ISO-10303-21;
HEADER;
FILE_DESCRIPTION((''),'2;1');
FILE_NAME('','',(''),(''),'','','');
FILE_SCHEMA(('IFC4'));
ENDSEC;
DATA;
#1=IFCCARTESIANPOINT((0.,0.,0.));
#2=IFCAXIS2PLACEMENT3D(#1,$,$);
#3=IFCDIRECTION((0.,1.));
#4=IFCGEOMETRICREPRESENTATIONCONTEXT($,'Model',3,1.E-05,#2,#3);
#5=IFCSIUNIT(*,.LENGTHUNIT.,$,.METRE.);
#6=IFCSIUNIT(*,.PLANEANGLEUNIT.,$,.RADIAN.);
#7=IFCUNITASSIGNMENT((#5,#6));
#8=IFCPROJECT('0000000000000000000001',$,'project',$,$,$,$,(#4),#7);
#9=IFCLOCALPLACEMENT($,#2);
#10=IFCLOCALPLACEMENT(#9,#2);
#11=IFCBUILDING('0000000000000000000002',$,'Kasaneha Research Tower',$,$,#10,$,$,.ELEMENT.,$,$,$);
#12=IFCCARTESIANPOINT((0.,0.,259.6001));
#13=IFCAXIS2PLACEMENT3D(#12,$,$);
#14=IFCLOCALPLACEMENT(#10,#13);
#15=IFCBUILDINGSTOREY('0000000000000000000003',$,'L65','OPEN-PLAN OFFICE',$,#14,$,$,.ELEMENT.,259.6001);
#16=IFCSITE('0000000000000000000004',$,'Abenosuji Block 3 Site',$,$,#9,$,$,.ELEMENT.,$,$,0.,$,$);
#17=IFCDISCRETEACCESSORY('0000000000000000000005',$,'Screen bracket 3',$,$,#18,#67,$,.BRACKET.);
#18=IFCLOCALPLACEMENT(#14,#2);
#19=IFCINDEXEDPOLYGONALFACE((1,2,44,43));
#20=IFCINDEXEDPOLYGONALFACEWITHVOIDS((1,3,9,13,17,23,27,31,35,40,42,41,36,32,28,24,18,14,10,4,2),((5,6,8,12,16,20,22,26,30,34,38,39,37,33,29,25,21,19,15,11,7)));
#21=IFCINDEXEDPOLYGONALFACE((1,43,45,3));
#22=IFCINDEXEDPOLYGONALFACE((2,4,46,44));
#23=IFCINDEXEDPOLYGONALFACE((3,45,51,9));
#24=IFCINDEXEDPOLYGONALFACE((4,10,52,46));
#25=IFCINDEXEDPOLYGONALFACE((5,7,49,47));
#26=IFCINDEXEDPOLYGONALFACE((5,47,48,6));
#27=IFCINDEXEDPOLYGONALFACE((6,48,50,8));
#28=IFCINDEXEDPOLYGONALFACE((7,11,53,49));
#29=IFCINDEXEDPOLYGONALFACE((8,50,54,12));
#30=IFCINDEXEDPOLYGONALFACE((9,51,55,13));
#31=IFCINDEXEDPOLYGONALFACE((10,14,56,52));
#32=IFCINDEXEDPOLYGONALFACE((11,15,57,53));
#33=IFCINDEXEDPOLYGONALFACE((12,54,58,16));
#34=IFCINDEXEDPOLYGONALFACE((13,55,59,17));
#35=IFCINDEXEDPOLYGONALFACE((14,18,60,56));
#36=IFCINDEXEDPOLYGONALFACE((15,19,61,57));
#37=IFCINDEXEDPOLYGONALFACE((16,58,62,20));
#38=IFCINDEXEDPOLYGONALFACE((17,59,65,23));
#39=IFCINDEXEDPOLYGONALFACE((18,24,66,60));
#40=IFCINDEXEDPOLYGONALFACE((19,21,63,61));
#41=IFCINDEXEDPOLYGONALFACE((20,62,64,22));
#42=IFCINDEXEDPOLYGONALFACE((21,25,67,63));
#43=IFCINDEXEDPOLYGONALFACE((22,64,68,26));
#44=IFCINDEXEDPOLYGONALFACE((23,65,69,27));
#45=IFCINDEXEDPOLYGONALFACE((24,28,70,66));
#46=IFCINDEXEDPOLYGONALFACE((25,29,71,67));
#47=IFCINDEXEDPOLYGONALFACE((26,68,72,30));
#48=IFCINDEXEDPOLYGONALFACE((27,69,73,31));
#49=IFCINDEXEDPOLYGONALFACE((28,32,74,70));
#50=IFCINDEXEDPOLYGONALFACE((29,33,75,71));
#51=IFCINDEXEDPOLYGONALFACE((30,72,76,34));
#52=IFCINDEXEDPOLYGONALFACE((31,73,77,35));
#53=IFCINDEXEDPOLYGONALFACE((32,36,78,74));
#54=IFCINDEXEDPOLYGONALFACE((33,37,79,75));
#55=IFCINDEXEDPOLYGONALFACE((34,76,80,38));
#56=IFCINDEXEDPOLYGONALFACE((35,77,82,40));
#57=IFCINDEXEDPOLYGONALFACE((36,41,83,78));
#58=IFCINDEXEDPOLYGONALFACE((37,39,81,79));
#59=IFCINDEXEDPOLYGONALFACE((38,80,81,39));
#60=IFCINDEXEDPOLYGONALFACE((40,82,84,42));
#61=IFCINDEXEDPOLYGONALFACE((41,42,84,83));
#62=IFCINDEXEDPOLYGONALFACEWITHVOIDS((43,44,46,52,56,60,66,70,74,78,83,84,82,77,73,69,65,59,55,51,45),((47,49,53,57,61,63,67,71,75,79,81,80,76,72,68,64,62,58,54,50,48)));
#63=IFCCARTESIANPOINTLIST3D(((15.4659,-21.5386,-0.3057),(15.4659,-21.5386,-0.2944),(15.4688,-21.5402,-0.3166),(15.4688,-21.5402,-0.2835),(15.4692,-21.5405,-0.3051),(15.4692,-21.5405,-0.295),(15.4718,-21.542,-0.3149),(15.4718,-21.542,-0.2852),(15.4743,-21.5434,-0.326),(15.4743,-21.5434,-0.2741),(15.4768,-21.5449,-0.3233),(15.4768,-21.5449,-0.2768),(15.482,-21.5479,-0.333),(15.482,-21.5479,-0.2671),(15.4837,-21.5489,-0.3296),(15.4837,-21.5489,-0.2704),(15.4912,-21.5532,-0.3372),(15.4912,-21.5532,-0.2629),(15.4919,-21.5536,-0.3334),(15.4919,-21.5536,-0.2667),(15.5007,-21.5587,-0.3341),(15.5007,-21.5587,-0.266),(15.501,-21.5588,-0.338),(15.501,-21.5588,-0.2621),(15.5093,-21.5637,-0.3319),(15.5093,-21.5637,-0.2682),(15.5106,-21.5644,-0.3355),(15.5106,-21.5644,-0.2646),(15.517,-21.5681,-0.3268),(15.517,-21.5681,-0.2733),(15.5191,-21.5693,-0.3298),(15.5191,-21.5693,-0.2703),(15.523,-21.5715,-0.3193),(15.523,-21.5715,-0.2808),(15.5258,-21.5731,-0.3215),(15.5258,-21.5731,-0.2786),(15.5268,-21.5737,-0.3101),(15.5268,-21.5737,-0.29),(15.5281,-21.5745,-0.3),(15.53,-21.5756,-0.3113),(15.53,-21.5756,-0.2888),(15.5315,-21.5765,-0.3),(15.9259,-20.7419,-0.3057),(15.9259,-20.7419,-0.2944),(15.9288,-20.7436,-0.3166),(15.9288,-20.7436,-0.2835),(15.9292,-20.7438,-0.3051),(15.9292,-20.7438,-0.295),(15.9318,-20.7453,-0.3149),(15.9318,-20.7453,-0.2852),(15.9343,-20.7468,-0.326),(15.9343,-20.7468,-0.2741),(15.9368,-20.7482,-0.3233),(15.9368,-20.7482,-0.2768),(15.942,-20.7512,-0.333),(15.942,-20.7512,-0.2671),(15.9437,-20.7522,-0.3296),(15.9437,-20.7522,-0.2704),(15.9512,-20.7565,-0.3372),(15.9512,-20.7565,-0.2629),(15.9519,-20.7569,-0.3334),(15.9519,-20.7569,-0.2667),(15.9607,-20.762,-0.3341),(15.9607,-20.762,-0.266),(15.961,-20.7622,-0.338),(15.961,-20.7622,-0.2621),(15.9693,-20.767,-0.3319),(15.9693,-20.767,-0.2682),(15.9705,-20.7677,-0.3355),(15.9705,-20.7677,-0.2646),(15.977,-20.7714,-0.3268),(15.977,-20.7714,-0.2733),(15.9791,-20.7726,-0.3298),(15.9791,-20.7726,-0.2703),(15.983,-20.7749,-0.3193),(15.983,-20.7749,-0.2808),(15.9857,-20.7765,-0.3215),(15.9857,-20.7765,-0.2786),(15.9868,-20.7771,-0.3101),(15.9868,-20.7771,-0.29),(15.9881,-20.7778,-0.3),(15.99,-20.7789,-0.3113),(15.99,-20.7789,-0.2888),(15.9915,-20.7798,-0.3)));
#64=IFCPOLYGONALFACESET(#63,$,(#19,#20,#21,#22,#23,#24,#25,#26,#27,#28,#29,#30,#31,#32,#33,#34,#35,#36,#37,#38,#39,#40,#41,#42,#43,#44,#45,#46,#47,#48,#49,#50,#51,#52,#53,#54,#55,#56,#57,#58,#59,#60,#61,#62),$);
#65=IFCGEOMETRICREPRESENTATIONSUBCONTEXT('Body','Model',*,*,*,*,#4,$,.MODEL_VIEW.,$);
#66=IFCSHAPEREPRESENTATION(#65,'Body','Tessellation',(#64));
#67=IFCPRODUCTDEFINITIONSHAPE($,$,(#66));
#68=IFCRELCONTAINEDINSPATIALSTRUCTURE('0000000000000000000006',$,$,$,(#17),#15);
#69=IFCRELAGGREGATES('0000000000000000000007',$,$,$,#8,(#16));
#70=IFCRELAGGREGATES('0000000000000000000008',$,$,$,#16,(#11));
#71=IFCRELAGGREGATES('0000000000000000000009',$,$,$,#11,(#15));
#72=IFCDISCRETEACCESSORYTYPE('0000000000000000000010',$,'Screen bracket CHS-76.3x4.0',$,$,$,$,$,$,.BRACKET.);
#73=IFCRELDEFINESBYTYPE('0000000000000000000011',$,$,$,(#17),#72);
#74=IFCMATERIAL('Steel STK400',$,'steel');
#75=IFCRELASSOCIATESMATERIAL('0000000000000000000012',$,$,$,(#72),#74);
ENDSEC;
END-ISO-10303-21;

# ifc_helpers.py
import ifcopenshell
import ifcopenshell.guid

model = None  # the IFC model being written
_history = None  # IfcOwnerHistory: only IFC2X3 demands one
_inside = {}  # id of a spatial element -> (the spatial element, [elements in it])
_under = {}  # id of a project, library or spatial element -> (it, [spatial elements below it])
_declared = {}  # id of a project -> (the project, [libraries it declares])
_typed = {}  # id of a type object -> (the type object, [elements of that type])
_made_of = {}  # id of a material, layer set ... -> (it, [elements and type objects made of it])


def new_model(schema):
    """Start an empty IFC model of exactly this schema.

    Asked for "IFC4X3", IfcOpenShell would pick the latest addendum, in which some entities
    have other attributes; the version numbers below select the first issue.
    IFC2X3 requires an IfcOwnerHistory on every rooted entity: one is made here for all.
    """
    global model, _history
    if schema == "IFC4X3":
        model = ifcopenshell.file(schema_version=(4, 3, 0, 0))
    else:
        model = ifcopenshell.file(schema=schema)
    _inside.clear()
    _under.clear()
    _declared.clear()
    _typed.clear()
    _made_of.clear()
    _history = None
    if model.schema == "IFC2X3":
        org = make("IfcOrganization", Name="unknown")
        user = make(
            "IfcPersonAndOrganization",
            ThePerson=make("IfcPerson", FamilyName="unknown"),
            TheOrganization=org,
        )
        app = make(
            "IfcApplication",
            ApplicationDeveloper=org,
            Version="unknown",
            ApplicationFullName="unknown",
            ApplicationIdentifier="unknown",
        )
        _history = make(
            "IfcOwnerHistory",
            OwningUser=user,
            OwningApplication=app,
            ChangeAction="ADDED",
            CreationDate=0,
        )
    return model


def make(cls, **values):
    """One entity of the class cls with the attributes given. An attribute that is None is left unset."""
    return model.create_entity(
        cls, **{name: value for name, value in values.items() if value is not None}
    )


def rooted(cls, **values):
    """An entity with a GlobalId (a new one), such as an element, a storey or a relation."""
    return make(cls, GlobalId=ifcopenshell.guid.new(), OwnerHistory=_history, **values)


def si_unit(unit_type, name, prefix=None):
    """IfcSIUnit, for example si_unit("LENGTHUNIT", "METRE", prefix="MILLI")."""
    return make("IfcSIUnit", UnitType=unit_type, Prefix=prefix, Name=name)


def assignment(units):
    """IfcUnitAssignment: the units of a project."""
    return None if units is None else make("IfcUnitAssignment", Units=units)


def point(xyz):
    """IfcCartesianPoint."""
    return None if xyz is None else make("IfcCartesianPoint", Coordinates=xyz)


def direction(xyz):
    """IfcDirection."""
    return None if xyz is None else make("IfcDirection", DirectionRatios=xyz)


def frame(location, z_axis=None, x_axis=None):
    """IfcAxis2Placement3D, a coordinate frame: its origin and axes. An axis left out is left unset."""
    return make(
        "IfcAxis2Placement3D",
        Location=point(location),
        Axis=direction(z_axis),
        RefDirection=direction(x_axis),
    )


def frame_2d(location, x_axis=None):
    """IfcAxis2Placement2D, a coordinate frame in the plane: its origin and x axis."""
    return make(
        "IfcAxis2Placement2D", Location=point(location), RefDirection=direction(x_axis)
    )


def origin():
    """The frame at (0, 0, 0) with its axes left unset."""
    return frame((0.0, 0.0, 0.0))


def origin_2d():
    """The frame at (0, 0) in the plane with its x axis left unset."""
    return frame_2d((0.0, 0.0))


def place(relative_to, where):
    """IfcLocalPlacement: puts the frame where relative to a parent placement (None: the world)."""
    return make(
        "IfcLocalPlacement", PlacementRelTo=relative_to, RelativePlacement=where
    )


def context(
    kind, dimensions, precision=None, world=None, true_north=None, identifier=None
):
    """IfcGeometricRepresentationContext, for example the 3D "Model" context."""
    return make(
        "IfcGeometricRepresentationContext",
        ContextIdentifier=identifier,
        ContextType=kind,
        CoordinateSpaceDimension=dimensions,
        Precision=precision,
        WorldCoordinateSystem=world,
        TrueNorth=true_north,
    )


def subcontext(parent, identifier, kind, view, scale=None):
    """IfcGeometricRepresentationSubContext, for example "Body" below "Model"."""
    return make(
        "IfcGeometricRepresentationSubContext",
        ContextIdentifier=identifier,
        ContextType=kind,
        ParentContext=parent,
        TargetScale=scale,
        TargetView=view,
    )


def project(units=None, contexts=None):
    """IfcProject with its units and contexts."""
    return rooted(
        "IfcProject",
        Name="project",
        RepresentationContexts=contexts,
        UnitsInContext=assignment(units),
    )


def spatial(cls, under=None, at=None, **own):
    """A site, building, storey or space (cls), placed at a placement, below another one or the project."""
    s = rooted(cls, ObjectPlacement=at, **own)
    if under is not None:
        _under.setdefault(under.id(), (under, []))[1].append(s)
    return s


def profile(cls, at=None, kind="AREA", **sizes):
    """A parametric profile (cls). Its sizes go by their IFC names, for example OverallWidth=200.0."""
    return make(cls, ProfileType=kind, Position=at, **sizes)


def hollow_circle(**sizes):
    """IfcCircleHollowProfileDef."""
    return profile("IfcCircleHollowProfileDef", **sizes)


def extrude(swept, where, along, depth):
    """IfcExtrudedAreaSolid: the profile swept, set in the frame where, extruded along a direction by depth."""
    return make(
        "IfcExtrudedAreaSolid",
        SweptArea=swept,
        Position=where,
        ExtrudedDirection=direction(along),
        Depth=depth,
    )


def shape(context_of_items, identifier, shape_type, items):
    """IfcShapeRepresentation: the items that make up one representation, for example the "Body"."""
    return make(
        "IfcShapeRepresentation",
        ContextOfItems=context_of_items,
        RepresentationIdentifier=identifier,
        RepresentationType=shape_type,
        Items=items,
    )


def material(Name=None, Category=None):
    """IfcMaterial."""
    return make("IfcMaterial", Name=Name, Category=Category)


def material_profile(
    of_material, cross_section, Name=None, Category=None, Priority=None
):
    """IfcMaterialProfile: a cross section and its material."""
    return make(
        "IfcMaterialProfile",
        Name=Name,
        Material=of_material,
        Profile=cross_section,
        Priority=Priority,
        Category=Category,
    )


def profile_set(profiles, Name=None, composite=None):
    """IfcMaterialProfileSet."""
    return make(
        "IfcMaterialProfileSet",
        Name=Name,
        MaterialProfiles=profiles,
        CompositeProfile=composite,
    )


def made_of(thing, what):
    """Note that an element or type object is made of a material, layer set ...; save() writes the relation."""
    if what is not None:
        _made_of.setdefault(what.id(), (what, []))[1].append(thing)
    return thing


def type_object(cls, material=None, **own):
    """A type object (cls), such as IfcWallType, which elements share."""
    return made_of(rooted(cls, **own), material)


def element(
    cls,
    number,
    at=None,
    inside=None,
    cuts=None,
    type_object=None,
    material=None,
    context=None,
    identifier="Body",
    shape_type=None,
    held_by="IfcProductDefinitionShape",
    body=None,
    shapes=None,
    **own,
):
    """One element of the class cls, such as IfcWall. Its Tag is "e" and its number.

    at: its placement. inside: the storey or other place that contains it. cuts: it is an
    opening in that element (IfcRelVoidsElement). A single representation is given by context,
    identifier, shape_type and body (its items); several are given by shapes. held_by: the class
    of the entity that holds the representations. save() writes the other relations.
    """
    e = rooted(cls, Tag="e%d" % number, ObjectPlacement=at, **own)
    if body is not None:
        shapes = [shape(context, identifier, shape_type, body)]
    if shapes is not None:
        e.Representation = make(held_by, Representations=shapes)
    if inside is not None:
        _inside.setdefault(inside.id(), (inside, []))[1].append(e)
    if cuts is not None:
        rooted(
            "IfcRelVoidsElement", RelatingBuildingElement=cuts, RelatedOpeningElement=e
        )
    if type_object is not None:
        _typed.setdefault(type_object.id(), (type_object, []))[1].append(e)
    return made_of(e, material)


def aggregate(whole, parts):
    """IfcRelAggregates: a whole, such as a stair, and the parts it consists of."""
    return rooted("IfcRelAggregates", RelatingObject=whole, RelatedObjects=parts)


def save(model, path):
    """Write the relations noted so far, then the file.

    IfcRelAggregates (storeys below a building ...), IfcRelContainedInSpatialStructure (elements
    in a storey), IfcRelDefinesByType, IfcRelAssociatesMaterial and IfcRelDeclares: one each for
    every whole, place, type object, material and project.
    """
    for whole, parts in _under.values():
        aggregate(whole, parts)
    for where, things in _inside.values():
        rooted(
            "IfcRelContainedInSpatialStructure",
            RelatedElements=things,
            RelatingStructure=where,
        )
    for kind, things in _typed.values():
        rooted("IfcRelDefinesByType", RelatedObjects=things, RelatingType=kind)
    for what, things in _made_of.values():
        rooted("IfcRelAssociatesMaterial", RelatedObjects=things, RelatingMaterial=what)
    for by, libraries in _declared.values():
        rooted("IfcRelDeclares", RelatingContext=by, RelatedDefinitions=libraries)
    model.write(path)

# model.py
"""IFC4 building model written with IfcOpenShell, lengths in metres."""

from ifc_helpers import new_model, si_unit, direction, frame, origin, origin_2d, place, context, subcontext, project, spatial, hollow_circle, extrude, material, material_profile, profile_set, type_object, element, save


model = new_model("IFC4")

# Units and contexts
model_context = context("Model", 3, precision=1e-05, world=origin(), true_north=direction((0.0, 1.0)))
body_context = subcontext(model_context, "Body", "Model", "MODEL_VIEW")
ifc_project = project(units=[si_unit("LENGTHUNIT", "METRE"), si_unit("PLANEANGLEUNIT", "RADIAN")], contexts=[model_context])

# Site, building, storey
site_placement = place(None, origin())
site = spatial("IfcSite", under=ifc_project, at=site_placement, Name="Abenosuji Block 3 Site", CompositionType="ELEMENT", RefElevation=0.0)
building_placement = place(site_placement, origin())
building = spatial("IfcBuilding", under=site, at=building_placement, Name="Kasaneha Research Tower", CompositionType="ELEMENT")
storey_placement = place(building_placement, frame((0.0, 0.0, 259.6001)))
storey = spatial("IfcBuildingStorey", under=building, at=storey_placement, Name="L65", Description="OPEN-PLAN OFFICE", CompositionType="ELEMENT", Elevation=259.6001)

# Discrete accessory
ifc_material_1 = material(Name="Steel STK400", Category="steel")
ifc_material_profile_1 = material_profile(ifc_material_1, hollow_circle(Radius=0.0381, WallThickness=0.0039, at=origin_2d()), Name="CHS-76.3x4.0")
ifc_profile_set_1 = profile_set([ifc_material_profile_1], Name="Steel STK400")
discrete_accessory_type = type_object("IfcDiscreteAccessoryType", Name="Screen bracket CHS-76.3x4.0", PredefinedType="BRACKET", material=ifc_profile_set_1)
discrete_accessory_1_placement = place(storey_placement, frame((15.9585, -20.7607, -0.3), z_axis=(-0.500021, -0.866013, 0.0), x_axis=(0.866013, -0.500021, 0.0)))
element("IfcDiscreteAccessory", 1, at=discrete_accessory_1_placement, inside=storey, type_object=discrete_accessory_type, Name="Screen bracket 3", PredefinedType="BRACKET", context=body_context, shape_type="SweptSolid", body=[
    extrude(hollow_circle(Radius=0.0381, WallThickness=0.0039, at=origin_2d()), origin(), (0.0, 0.0, 1.0), 0.9199),
])

save(model, "model.ifc")
